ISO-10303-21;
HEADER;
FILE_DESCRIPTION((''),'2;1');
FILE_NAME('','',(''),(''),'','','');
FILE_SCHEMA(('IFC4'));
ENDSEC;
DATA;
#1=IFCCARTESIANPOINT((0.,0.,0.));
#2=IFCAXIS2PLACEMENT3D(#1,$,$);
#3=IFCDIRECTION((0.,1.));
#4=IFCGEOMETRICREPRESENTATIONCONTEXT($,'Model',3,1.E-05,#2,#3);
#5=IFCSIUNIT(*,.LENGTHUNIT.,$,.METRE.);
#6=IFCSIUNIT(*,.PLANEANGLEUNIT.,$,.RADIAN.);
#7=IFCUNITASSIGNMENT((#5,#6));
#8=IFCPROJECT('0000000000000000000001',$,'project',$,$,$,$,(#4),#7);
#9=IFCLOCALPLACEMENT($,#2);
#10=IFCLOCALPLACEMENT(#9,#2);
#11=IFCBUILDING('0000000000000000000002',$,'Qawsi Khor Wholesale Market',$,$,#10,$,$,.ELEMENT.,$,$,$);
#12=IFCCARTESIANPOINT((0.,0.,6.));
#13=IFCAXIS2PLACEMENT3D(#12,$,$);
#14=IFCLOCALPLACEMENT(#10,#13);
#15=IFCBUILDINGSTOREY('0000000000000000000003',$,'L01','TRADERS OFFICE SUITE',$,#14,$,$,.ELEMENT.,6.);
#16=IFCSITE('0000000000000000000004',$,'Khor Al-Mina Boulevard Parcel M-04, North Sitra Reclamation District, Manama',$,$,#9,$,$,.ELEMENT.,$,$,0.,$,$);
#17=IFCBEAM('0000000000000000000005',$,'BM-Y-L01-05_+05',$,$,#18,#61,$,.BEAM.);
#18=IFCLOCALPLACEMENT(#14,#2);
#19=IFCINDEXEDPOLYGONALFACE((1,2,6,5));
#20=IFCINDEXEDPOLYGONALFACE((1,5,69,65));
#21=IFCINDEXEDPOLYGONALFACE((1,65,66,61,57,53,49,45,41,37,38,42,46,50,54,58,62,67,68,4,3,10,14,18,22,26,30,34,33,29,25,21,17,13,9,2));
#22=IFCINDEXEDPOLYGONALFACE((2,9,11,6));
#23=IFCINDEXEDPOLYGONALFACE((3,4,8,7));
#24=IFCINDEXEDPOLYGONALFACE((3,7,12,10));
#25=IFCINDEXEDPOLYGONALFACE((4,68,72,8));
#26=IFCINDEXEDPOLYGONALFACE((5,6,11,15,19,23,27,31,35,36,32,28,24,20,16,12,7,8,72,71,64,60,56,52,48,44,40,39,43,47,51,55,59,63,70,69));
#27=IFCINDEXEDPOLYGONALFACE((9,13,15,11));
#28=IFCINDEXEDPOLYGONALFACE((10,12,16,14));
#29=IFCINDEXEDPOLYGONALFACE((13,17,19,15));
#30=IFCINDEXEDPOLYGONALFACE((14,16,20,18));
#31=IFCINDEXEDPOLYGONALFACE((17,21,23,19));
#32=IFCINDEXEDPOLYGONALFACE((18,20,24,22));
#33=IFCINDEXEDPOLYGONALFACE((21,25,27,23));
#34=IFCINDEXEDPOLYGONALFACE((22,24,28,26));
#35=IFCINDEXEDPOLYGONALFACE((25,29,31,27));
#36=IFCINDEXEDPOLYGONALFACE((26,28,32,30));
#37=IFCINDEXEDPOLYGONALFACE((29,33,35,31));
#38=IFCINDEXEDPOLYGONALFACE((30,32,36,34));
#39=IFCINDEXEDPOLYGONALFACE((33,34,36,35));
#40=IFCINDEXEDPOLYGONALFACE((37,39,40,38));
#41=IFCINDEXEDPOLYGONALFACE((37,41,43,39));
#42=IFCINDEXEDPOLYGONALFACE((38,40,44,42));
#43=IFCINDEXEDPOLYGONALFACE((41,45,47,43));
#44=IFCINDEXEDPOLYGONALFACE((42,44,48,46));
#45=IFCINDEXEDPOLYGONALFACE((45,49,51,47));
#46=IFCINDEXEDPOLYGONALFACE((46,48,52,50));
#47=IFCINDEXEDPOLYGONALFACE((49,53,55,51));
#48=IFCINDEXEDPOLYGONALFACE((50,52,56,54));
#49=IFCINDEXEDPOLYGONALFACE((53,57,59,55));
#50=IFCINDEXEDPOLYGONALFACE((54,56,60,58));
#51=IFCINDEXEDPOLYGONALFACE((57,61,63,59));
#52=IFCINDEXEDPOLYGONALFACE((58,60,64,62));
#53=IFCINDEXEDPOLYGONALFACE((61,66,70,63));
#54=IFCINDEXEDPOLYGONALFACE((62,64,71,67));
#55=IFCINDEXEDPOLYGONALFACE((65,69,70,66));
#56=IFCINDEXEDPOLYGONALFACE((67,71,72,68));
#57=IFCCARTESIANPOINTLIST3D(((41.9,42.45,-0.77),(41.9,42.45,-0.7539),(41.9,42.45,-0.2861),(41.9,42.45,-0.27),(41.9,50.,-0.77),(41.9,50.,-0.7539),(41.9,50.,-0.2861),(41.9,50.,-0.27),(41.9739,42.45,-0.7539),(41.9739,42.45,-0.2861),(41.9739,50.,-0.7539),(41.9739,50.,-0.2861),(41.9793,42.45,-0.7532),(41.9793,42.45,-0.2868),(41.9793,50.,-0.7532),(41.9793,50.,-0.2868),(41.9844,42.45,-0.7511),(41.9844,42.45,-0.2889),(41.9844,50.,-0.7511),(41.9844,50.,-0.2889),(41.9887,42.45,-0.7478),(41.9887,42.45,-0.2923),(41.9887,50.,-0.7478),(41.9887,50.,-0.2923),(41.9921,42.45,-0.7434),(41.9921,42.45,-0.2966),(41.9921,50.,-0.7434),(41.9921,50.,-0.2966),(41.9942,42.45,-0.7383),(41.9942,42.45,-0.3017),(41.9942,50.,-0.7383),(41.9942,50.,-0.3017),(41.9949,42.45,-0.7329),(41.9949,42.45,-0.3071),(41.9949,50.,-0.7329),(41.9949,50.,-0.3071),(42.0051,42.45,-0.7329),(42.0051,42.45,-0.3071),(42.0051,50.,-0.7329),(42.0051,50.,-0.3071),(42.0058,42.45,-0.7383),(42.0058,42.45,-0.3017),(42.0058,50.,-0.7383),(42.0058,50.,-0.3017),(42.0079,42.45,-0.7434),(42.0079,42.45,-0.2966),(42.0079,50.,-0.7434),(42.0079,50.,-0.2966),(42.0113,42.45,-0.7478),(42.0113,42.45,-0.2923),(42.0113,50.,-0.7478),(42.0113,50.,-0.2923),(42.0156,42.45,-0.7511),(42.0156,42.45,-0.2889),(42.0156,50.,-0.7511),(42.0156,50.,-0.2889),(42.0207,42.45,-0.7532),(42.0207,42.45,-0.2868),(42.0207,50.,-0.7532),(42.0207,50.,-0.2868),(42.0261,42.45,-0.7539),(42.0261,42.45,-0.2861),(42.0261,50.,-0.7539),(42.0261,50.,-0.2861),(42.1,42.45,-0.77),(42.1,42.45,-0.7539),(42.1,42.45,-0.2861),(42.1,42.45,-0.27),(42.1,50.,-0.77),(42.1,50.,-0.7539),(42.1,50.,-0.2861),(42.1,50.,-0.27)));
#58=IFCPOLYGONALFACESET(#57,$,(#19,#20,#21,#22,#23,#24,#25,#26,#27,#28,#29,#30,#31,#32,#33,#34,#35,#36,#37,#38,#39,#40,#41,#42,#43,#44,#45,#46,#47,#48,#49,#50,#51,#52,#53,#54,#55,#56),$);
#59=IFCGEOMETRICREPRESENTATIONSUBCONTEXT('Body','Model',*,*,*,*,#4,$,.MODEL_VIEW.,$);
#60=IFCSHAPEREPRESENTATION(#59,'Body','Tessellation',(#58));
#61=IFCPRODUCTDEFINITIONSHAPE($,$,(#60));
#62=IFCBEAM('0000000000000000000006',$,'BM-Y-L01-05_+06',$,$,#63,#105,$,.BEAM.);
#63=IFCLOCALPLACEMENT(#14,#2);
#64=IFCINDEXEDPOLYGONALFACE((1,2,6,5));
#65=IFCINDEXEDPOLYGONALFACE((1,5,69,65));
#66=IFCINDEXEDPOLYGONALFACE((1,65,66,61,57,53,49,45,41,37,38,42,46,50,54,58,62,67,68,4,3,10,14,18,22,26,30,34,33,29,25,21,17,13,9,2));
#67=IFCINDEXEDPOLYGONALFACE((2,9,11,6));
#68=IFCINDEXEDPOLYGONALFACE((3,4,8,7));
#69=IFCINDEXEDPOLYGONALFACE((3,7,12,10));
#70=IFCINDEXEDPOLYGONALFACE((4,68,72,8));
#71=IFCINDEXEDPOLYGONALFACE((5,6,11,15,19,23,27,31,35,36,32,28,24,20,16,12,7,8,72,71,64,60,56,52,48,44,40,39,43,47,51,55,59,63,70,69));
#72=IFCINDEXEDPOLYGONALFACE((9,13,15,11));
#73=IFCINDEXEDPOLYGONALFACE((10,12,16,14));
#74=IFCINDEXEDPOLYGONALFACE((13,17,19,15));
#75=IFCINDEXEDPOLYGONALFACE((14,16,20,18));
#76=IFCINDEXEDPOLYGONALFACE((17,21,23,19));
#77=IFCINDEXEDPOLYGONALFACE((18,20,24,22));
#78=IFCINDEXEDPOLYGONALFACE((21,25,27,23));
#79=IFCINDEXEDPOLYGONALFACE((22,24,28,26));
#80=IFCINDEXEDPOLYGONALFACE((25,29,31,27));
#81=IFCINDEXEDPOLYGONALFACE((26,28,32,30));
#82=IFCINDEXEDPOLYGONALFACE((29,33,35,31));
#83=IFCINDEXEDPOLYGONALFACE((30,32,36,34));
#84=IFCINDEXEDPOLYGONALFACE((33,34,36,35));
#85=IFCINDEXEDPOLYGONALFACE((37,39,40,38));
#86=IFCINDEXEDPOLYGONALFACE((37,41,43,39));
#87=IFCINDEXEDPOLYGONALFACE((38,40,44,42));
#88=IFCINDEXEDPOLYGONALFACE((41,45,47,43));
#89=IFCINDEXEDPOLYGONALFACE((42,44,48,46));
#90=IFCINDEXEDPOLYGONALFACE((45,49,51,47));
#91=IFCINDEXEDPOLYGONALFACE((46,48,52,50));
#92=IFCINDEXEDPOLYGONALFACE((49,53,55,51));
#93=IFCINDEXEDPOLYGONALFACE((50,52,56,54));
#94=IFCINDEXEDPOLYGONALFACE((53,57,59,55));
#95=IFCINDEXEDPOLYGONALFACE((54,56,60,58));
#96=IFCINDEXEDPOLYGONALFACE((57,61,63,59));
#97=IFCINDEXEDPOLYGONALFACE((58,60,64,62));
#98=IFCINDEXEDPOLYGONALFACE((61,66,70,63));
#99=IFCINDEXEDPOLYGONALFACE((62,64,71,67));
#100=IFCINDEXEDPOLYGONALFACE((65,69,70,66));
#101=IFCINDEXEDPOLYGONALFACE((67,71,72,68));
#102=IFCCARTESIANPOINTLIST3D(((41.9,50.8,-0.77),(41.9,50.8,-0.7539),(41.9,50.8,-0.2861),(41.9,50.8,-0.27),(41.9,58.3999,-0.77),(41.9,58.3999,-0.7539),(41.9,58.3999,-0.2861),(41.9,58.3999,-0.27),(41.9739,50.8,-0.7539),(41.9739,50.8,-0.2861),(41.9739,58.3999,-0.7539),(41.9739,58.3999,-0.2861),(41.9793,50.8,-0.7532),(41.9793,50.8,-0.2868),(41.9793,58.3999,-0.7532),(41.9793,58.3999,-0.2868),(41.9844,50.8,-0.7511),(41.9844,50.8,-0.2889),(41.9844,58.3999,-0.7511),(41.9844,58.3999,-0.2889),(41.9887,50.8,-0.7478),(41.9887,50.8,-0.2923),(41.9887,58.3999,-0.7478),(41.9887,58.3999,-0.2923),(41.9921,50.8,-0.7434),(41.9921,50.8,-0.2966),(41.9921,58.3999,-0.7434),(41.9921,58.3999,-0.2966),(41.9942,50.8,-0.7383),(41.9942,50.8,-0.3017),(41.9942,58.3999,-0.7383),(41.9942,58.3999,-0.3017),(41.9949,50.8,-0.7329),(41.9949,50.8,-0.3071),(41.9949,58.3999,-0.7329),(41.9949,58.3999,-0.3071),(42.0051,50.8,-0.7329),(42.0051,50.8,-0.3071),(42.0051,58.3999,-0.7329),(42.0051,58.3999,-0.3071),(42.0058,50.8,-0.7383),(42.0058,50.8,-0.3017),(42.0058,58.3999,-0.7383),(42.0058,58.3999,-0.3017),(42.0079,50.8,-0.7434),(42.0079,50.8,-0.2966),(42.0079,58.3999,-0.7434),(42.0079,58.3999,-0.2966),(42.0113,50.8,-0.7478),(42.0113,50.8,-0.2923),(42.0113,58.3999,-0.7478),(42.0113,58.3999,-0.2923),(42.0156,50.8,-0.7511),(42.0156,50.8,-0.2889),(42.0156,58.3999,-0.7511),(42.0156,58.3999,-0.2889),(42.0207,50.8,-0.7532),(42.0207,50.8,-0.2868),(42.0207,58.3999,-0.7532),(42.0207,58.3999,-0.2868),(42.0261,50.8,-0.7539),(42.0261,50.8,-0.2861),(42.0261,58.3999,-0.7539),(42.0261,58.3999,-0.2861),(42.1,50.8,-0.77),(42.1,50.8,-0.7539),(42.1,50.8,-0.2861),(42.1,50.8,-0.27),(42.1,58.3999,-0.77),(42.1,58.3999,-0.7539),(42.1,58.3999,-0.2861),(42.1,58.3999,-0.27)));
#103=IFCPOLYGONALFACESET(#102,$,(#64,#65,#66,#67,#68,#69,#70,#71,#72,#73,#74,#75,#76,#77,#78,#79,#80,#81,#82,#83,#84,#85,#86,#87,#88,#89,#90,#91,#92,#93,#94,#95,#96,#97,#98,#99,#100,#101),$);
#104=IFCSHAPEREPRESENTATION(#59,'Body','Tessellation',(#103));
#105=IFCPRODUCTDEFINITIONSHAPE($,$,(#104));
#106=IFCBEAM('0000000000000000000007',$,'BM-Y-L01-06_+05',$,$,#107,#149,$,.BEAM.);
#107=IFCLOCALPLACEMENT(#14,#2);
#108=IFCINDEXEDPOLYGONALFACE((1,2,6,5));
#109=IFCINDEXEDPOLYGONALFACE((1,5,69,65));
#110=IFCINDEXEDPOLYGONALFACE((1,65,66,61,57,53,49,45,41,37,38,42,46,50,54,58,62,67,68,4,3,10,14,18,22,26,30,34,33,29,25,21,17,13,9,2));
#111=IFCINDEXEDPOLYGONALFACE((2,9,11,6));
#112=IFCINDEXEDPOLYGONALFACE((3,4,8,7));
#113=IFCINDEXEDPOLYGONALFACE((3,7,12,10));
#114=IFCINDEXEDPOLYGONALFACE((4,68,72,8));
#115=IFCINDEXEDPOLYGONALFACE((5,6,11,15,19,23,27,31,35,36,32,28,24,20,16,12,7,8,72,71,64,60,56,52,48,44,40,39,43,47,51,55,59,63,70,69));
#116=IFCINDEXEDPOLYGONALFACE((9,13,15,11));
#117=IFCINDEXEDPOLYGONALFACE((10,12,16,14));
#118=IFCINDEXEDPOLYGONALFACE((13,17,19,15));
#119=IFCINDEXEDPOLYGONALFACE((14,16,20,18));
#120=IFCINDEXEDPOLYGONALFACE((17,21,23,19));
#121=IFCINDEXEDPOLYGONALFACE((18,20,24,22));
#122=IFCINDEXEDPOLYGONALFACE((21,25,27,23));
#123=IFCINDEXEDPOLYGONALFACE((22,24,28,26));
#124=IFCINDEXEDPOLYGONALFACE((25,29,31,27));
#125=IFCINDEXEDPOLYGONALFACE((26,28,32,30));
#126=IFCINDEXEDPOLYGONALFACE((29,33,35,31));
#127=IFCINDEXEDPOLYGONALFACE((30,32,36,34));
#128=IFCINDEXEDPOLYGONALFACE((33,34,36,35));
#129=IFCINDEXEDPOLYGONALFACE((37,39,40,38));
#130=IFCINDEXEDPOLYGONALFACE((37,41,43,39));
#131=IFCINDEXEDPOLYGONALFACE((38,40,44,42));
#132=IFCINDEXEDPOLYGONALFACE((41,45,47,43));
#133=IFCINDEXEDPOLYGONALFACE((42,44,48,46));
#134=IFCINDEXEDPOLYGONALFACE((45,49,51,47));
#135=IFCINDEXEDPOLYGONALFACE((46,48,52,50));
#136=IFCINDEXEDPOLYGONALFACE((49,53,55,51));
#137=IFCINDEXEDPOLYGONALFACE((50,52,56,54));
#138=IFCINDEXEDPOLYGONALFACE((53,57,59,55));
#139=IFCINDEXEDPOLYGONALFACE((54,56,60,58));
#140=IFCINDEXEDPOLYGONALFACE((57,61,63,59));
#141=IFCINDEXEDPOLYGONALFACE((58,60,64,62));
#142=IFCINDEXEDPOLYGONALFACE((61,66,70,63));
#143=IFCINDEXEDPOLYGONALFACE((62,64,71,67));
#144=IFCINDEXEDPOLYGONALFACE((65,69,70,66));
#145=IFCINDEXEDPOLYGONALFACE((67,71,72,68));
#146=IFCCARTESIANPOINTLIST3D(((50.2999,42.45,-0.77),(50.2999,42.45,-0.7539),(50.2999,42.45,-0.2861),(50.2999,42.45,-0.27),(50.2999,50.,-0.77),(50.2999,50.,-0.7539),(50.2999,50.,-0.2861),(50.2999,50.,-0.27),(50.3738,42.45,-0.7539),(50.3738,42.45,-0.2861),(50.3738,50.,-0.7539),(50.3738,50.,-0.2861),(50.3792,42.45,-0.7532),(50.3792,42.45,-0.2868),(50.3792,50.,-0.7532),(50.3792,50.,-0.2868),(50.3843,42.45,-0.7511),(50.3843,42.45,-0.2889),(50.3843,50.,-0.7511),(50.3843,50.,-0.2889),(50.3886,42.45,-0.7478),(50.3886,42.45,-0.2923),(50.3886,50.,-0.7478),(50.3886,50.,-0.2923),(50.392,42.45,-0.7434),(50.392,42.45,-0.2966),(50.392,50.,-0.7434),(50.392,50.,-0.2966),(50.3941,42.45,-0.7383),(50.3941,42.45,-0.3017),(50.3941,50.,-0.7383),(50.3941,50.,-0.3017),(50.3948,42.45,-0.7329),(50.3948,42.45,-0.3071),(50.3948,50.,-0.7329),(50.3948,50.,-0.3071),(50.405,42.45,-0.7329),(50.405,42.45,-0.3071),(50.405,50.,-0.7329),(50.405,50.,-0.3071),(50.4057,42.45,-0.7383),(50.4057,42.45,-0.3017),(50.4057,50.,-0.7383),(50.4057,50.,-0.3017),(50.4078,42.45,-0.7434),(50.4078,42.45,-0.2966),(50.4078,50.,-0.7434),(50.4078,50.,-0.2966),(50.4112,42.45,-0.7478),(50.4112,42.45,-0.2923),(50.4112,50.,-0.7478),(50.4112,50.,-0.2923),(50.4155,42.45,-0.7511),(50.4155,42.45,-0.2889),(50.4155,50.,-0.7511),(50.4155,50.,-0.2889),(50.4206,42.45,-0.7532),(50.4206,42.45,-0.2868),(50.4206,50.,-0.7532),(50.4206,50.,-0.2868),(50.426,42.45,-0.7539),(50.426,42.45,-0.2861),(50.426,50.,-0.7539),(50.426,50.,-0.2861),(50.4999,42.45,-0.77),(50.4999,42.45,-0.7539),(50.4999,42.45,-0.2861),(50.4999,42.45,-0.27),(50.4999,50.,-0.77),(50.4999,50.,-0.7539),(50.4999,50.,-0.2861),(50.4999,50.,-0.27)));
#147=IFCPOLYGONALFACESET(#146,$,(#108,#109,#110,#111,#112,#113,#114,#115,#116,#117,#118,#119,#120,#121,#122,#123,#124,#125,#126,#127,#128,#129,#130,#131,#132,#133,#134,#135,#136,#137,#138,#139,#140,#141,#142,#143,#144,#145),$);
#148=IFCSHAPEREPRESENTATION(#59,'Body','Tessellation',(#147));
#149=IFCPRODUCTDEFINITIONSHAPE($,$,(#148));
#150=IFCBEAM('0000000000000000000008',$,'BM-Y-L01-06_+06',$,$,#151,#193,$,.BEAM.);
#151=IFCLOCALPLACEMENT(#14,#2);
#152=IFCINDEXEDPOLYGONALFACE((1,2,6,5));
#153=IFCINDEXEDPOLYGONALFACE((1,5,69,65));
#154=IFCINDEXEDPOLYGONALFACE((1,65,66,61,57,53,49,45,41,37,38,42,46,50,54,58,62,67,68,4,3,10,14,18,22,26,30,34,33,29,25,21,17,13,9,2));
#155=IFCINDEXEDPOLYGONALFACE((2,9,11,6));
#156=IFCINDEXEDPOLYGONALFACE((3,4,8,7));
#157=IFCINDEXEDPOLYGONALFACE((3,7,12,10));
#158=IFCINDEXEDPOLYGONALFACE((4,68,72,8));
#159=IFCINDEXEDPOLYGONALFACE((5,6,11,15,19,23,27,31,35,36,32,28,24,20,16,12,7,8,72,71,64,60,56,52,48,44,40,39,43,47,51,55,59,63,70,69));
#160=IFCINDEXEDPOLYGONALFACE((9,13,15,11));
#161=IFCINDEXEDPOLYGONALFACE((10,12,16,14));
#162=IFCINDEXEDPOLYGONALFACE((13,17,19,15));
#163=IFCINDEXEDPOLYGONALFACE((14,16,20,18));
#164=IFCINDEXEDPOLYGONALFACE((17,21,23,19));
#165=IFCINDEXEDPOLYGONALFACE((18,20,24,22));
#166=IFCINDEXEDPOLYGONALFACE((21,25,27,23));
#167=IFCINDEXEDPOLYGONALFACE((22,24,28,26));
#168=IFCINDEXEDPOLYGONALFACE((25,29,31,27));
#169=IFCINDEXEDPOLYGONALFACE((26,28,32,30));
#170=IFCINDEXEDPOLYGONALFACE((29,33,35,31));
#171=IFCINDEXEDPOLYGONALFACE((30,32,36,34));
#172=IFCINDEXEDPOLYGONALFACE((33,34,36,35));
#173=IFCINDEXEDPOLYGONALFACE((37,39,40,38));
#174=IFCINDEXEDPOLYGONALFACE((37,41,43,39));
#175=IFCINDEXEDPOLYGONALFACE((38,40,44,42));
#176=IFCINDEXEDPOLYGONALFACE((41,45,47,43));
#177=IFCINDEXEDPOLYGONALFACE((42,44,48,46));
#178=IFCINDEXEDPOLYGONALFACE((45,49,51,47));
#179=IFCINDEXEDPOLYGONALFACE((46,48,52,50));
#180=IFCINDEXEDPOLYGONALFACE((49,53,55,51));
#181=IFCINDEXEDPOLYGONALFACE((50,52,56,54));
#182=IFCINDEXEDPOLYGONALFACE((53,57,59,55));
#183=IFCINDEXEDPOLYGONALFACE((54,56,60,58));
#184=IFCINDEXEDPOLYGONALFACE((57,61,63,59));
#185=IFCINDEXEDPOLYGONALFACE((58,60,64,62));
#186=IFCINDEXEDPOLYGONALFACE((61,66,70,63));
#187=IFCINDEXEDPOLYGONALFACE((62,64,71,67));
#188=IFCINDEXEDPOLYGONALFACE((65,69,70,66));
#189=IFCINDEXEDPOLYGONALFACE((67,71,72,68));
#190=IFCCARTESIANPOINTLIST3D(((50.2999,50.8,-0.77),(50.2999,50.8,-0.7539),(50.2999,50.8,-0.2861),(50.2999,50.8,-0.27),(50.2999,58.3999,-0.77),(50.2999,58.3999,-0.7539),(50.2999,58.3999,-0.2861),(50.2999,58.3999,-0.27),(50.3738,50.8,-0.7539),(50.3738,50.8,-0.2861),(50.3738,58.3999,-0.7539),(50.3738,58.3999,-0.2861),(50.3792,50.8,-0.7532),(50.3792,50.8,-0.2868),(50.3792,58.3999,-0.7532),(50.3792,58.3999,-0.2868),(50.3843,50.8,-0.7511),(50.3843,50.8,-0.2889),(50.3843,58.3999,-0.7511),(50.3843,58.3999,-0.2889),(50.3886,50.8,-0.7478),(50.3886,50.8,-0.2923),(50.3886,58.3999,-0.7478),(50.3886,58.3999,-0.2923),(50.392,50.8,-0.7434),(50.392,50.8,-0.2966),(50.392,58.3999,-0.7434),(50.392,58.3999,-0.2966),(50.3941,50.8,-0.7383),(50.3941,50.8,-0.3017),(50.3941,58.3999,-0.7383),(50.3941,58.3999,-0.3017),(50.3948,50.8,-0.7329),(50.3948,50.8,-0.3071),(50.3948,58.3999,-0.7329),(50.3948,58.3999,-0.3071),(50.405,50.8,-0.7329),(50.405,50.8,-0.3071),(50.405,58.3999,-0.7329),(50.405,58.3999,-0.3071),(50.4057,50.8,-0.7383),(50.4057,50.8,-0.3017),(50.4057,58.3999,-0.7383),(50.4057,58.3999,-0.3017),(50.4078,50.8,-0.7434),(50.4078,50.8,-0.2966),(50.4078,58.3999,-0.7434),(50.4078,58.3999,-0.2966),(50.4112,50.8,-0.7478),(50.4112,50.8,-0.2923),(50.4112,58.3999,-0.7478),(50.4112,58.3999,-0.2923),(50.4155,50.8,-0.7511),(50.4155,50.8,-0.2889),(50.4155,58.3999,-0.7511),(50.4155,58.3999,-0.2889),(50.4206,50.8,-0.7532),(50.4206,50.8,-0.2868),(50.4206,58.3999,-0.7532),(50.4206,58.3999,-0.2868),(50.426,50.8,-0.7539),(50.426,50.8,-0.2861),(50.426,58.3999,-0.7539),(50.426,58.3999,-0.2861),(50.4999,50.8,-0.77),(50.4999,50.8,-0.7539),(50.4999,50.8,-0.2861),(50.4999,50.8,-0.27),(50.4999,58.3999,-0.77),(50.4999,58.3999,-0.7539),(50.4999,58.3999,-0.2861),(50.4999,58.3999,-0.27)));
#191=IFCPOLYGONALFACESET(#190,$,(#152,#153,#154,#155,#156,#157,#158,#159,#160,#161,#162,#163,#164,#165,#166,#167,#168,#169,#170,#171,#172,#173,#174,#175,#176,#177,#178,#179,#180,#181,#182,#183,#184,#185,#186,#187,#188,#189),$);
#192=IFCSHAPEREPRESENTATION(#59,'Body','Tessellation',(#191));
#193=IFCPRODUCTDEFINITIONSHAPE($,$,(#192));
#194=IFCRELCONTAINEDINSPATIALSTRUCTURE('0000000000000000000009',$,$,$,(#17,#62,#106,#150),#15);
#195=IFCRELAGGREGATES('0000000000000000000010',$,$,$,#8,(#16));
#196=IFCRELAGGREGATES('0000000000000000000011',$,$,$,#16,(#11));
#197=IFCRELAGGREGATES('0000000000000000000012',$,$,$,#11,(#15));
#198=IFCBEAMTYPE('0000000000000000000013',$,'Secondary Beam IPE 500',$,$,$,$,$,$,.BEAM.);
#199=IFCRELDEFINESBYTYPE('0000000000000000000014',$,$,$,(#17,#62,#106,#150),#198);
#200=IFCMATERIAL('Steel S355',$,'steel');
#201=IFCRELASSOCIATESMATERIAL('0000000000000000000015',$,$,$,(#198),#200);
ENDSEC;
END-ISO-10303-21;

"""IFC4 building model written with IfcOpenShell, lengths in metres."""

from ifc_helpers import new_model, si_unit, direction, frame, origin, origin_2d, place, context, subcontext, project, spatial, i_section, extrude, material, material_profile, profile_set, type_object, element, save


model = new_model("IFC4")

# Units and contexts
model_context = context("Model", 3, precision=1e-05, world=origin(), true_north=direction((0.0, 1.0)))
body_context = subcontext(model_context, "Body", "Model", "MODEL_VIEW")
ifc_project = project(units=[si_unit("LENGTHUNIT", "METRE"), si_unit("PLANEANGLEUNIT", "RADIAN")], contexts=[model_context])

# Site, building, storey
site_placement = place(None, origin())
site = spatial("IfcSite", under=ifc_project, at=site_placement, Name="Khor Al-Mina Boulevard Parcel M-04, North Sitra Reclamation District, Manama", CompositionType="ELEMENT", RefElevation=0.0)
building_placement = place(site_placement, origin())
building = spatial("IfcBuilding", under=site, at=building_placement, Name="Qawsi Khor Wholesale Market", CompositionType="ELEMENT")
storey_placement = place(building_placement, frame((0.0, 0.0, 6.0)))
storey = spatial("IfcBuildingStorey", under=building, at=storey_placement, Name="L01", Description="TRADERS OFFICE SUITE", CompositionType="ELEMENT", Elevation=6.0)

# Beams
ifc_material_1 = material(Name="Steel S355", Category="steel")
ifc_material_profile_1 = material_profile(ifc_material_1, i_section(OverallWidth=0.2, OverallDepth=0.5, WebThickness=0.0103, FlangeThickness=0.0161, FilletRadius=0.021, at=origin_2d()), Name="IPE 500")
ifc_profile_set_1 = profile_set([ifc_material_profile_1], Name="Steel S355")
beam_type_1 = type_object("IfcBeamType", Name="Secondary Beam IPE 500", PredefinedType="BEAM", material=ifc_profile_set_1)
beam_1_placement = place(storey_placement, frame((42.0, 42.45, -0.52), z_axis=(0.0, 1.0, 0.0), x_axis=(-1.0, 0.0, 0.0)))
element("IfcBeam", 1, at=beam_1_placement, inside=storey, type_object=beam_type_1, Name="BM-Y-L01-05_+05", PredefinedType="BEAM", context=body_context, shape_type="SweptSolid", body=[
    extrude(i_section(OverallWidth=0.2, OverallDepth=0.5, WebThickness=0.0103, FlangeThickness=0.0161, FilletRadius=0.021, at=origin_2d()), origin(), (0.0, 0.0, 1.0), 7.55),
])
beam_2_placement = place(storey_placement, frame((42.0, 50.8, -0.52), z_axis=(0.0, 1.0, 0.0), x_axis=(-1.0, 0.0, 0.0)))
element("IfcBeam", 2, at=beam_2_placement, inside=storey, type_object=beam_type_1, Name="BM-Y-L01-05_+06", PredefinedType="BEAM", context=body_context, shape_type="SweptSolid", body=[
    extrude(i_section(OverallWidth=0.2, OverallDepth=0.5, WebThickness=0.0103, FlangeThickness=0.0161, FilletRadius=0.021, at=origin_2d()), origin(), (0.0, 0.0, 1.0), 7.5999),
])
beam_3_placement = place(storey_placement, frame((50.3999, 42.45, -0.52), z_axis=(0.0, 1.0, 0.0), x_axis=(-1.0, 0.0, 0.0)))
element("IfcBeam", 3, at=beam_3_placement, inside=storey, type_object=beam_type_1, Name="BM-Y-L01-06_+05", PredefinedType="BEAM", context=body_context, shape_type="SweptSolid", body=[
    extrude(i_section(OverallWidth=0.2, OverallDepth=0.5, WebThickness=0.0103, FlangeThickness=0.0161, FilletRadius=0.021, at=origin_2d()), origin(), (0.0, 0.0, 1.0), 7.55),
])
beam_4_placement = place(storey_placement, frame((50.3999, 50.8, -0.52), z_axis=(0.0, 1.0, 0.0), x_axis=(-1.0, 0.0, 0.0)))
element("IfcBeam", 4, at=beam_4_placement, inside=storey, type_object=beam_type_1, Name="BM-Y-L01-06_+06", PredefinedType="BEAM", context=body_context, shape_type="SweptSolid", body=[
    extrude(i_section(OverallWidth=0.2, OverallDepth=0.5, WebThickness=0.0103, FlangeThickness=0.0161, FilletRadius=0.021, at=origin_2d()), origin(), (0.0, 0.0, 1.0), 7.5999),
])

save(model, "model.ifc")
